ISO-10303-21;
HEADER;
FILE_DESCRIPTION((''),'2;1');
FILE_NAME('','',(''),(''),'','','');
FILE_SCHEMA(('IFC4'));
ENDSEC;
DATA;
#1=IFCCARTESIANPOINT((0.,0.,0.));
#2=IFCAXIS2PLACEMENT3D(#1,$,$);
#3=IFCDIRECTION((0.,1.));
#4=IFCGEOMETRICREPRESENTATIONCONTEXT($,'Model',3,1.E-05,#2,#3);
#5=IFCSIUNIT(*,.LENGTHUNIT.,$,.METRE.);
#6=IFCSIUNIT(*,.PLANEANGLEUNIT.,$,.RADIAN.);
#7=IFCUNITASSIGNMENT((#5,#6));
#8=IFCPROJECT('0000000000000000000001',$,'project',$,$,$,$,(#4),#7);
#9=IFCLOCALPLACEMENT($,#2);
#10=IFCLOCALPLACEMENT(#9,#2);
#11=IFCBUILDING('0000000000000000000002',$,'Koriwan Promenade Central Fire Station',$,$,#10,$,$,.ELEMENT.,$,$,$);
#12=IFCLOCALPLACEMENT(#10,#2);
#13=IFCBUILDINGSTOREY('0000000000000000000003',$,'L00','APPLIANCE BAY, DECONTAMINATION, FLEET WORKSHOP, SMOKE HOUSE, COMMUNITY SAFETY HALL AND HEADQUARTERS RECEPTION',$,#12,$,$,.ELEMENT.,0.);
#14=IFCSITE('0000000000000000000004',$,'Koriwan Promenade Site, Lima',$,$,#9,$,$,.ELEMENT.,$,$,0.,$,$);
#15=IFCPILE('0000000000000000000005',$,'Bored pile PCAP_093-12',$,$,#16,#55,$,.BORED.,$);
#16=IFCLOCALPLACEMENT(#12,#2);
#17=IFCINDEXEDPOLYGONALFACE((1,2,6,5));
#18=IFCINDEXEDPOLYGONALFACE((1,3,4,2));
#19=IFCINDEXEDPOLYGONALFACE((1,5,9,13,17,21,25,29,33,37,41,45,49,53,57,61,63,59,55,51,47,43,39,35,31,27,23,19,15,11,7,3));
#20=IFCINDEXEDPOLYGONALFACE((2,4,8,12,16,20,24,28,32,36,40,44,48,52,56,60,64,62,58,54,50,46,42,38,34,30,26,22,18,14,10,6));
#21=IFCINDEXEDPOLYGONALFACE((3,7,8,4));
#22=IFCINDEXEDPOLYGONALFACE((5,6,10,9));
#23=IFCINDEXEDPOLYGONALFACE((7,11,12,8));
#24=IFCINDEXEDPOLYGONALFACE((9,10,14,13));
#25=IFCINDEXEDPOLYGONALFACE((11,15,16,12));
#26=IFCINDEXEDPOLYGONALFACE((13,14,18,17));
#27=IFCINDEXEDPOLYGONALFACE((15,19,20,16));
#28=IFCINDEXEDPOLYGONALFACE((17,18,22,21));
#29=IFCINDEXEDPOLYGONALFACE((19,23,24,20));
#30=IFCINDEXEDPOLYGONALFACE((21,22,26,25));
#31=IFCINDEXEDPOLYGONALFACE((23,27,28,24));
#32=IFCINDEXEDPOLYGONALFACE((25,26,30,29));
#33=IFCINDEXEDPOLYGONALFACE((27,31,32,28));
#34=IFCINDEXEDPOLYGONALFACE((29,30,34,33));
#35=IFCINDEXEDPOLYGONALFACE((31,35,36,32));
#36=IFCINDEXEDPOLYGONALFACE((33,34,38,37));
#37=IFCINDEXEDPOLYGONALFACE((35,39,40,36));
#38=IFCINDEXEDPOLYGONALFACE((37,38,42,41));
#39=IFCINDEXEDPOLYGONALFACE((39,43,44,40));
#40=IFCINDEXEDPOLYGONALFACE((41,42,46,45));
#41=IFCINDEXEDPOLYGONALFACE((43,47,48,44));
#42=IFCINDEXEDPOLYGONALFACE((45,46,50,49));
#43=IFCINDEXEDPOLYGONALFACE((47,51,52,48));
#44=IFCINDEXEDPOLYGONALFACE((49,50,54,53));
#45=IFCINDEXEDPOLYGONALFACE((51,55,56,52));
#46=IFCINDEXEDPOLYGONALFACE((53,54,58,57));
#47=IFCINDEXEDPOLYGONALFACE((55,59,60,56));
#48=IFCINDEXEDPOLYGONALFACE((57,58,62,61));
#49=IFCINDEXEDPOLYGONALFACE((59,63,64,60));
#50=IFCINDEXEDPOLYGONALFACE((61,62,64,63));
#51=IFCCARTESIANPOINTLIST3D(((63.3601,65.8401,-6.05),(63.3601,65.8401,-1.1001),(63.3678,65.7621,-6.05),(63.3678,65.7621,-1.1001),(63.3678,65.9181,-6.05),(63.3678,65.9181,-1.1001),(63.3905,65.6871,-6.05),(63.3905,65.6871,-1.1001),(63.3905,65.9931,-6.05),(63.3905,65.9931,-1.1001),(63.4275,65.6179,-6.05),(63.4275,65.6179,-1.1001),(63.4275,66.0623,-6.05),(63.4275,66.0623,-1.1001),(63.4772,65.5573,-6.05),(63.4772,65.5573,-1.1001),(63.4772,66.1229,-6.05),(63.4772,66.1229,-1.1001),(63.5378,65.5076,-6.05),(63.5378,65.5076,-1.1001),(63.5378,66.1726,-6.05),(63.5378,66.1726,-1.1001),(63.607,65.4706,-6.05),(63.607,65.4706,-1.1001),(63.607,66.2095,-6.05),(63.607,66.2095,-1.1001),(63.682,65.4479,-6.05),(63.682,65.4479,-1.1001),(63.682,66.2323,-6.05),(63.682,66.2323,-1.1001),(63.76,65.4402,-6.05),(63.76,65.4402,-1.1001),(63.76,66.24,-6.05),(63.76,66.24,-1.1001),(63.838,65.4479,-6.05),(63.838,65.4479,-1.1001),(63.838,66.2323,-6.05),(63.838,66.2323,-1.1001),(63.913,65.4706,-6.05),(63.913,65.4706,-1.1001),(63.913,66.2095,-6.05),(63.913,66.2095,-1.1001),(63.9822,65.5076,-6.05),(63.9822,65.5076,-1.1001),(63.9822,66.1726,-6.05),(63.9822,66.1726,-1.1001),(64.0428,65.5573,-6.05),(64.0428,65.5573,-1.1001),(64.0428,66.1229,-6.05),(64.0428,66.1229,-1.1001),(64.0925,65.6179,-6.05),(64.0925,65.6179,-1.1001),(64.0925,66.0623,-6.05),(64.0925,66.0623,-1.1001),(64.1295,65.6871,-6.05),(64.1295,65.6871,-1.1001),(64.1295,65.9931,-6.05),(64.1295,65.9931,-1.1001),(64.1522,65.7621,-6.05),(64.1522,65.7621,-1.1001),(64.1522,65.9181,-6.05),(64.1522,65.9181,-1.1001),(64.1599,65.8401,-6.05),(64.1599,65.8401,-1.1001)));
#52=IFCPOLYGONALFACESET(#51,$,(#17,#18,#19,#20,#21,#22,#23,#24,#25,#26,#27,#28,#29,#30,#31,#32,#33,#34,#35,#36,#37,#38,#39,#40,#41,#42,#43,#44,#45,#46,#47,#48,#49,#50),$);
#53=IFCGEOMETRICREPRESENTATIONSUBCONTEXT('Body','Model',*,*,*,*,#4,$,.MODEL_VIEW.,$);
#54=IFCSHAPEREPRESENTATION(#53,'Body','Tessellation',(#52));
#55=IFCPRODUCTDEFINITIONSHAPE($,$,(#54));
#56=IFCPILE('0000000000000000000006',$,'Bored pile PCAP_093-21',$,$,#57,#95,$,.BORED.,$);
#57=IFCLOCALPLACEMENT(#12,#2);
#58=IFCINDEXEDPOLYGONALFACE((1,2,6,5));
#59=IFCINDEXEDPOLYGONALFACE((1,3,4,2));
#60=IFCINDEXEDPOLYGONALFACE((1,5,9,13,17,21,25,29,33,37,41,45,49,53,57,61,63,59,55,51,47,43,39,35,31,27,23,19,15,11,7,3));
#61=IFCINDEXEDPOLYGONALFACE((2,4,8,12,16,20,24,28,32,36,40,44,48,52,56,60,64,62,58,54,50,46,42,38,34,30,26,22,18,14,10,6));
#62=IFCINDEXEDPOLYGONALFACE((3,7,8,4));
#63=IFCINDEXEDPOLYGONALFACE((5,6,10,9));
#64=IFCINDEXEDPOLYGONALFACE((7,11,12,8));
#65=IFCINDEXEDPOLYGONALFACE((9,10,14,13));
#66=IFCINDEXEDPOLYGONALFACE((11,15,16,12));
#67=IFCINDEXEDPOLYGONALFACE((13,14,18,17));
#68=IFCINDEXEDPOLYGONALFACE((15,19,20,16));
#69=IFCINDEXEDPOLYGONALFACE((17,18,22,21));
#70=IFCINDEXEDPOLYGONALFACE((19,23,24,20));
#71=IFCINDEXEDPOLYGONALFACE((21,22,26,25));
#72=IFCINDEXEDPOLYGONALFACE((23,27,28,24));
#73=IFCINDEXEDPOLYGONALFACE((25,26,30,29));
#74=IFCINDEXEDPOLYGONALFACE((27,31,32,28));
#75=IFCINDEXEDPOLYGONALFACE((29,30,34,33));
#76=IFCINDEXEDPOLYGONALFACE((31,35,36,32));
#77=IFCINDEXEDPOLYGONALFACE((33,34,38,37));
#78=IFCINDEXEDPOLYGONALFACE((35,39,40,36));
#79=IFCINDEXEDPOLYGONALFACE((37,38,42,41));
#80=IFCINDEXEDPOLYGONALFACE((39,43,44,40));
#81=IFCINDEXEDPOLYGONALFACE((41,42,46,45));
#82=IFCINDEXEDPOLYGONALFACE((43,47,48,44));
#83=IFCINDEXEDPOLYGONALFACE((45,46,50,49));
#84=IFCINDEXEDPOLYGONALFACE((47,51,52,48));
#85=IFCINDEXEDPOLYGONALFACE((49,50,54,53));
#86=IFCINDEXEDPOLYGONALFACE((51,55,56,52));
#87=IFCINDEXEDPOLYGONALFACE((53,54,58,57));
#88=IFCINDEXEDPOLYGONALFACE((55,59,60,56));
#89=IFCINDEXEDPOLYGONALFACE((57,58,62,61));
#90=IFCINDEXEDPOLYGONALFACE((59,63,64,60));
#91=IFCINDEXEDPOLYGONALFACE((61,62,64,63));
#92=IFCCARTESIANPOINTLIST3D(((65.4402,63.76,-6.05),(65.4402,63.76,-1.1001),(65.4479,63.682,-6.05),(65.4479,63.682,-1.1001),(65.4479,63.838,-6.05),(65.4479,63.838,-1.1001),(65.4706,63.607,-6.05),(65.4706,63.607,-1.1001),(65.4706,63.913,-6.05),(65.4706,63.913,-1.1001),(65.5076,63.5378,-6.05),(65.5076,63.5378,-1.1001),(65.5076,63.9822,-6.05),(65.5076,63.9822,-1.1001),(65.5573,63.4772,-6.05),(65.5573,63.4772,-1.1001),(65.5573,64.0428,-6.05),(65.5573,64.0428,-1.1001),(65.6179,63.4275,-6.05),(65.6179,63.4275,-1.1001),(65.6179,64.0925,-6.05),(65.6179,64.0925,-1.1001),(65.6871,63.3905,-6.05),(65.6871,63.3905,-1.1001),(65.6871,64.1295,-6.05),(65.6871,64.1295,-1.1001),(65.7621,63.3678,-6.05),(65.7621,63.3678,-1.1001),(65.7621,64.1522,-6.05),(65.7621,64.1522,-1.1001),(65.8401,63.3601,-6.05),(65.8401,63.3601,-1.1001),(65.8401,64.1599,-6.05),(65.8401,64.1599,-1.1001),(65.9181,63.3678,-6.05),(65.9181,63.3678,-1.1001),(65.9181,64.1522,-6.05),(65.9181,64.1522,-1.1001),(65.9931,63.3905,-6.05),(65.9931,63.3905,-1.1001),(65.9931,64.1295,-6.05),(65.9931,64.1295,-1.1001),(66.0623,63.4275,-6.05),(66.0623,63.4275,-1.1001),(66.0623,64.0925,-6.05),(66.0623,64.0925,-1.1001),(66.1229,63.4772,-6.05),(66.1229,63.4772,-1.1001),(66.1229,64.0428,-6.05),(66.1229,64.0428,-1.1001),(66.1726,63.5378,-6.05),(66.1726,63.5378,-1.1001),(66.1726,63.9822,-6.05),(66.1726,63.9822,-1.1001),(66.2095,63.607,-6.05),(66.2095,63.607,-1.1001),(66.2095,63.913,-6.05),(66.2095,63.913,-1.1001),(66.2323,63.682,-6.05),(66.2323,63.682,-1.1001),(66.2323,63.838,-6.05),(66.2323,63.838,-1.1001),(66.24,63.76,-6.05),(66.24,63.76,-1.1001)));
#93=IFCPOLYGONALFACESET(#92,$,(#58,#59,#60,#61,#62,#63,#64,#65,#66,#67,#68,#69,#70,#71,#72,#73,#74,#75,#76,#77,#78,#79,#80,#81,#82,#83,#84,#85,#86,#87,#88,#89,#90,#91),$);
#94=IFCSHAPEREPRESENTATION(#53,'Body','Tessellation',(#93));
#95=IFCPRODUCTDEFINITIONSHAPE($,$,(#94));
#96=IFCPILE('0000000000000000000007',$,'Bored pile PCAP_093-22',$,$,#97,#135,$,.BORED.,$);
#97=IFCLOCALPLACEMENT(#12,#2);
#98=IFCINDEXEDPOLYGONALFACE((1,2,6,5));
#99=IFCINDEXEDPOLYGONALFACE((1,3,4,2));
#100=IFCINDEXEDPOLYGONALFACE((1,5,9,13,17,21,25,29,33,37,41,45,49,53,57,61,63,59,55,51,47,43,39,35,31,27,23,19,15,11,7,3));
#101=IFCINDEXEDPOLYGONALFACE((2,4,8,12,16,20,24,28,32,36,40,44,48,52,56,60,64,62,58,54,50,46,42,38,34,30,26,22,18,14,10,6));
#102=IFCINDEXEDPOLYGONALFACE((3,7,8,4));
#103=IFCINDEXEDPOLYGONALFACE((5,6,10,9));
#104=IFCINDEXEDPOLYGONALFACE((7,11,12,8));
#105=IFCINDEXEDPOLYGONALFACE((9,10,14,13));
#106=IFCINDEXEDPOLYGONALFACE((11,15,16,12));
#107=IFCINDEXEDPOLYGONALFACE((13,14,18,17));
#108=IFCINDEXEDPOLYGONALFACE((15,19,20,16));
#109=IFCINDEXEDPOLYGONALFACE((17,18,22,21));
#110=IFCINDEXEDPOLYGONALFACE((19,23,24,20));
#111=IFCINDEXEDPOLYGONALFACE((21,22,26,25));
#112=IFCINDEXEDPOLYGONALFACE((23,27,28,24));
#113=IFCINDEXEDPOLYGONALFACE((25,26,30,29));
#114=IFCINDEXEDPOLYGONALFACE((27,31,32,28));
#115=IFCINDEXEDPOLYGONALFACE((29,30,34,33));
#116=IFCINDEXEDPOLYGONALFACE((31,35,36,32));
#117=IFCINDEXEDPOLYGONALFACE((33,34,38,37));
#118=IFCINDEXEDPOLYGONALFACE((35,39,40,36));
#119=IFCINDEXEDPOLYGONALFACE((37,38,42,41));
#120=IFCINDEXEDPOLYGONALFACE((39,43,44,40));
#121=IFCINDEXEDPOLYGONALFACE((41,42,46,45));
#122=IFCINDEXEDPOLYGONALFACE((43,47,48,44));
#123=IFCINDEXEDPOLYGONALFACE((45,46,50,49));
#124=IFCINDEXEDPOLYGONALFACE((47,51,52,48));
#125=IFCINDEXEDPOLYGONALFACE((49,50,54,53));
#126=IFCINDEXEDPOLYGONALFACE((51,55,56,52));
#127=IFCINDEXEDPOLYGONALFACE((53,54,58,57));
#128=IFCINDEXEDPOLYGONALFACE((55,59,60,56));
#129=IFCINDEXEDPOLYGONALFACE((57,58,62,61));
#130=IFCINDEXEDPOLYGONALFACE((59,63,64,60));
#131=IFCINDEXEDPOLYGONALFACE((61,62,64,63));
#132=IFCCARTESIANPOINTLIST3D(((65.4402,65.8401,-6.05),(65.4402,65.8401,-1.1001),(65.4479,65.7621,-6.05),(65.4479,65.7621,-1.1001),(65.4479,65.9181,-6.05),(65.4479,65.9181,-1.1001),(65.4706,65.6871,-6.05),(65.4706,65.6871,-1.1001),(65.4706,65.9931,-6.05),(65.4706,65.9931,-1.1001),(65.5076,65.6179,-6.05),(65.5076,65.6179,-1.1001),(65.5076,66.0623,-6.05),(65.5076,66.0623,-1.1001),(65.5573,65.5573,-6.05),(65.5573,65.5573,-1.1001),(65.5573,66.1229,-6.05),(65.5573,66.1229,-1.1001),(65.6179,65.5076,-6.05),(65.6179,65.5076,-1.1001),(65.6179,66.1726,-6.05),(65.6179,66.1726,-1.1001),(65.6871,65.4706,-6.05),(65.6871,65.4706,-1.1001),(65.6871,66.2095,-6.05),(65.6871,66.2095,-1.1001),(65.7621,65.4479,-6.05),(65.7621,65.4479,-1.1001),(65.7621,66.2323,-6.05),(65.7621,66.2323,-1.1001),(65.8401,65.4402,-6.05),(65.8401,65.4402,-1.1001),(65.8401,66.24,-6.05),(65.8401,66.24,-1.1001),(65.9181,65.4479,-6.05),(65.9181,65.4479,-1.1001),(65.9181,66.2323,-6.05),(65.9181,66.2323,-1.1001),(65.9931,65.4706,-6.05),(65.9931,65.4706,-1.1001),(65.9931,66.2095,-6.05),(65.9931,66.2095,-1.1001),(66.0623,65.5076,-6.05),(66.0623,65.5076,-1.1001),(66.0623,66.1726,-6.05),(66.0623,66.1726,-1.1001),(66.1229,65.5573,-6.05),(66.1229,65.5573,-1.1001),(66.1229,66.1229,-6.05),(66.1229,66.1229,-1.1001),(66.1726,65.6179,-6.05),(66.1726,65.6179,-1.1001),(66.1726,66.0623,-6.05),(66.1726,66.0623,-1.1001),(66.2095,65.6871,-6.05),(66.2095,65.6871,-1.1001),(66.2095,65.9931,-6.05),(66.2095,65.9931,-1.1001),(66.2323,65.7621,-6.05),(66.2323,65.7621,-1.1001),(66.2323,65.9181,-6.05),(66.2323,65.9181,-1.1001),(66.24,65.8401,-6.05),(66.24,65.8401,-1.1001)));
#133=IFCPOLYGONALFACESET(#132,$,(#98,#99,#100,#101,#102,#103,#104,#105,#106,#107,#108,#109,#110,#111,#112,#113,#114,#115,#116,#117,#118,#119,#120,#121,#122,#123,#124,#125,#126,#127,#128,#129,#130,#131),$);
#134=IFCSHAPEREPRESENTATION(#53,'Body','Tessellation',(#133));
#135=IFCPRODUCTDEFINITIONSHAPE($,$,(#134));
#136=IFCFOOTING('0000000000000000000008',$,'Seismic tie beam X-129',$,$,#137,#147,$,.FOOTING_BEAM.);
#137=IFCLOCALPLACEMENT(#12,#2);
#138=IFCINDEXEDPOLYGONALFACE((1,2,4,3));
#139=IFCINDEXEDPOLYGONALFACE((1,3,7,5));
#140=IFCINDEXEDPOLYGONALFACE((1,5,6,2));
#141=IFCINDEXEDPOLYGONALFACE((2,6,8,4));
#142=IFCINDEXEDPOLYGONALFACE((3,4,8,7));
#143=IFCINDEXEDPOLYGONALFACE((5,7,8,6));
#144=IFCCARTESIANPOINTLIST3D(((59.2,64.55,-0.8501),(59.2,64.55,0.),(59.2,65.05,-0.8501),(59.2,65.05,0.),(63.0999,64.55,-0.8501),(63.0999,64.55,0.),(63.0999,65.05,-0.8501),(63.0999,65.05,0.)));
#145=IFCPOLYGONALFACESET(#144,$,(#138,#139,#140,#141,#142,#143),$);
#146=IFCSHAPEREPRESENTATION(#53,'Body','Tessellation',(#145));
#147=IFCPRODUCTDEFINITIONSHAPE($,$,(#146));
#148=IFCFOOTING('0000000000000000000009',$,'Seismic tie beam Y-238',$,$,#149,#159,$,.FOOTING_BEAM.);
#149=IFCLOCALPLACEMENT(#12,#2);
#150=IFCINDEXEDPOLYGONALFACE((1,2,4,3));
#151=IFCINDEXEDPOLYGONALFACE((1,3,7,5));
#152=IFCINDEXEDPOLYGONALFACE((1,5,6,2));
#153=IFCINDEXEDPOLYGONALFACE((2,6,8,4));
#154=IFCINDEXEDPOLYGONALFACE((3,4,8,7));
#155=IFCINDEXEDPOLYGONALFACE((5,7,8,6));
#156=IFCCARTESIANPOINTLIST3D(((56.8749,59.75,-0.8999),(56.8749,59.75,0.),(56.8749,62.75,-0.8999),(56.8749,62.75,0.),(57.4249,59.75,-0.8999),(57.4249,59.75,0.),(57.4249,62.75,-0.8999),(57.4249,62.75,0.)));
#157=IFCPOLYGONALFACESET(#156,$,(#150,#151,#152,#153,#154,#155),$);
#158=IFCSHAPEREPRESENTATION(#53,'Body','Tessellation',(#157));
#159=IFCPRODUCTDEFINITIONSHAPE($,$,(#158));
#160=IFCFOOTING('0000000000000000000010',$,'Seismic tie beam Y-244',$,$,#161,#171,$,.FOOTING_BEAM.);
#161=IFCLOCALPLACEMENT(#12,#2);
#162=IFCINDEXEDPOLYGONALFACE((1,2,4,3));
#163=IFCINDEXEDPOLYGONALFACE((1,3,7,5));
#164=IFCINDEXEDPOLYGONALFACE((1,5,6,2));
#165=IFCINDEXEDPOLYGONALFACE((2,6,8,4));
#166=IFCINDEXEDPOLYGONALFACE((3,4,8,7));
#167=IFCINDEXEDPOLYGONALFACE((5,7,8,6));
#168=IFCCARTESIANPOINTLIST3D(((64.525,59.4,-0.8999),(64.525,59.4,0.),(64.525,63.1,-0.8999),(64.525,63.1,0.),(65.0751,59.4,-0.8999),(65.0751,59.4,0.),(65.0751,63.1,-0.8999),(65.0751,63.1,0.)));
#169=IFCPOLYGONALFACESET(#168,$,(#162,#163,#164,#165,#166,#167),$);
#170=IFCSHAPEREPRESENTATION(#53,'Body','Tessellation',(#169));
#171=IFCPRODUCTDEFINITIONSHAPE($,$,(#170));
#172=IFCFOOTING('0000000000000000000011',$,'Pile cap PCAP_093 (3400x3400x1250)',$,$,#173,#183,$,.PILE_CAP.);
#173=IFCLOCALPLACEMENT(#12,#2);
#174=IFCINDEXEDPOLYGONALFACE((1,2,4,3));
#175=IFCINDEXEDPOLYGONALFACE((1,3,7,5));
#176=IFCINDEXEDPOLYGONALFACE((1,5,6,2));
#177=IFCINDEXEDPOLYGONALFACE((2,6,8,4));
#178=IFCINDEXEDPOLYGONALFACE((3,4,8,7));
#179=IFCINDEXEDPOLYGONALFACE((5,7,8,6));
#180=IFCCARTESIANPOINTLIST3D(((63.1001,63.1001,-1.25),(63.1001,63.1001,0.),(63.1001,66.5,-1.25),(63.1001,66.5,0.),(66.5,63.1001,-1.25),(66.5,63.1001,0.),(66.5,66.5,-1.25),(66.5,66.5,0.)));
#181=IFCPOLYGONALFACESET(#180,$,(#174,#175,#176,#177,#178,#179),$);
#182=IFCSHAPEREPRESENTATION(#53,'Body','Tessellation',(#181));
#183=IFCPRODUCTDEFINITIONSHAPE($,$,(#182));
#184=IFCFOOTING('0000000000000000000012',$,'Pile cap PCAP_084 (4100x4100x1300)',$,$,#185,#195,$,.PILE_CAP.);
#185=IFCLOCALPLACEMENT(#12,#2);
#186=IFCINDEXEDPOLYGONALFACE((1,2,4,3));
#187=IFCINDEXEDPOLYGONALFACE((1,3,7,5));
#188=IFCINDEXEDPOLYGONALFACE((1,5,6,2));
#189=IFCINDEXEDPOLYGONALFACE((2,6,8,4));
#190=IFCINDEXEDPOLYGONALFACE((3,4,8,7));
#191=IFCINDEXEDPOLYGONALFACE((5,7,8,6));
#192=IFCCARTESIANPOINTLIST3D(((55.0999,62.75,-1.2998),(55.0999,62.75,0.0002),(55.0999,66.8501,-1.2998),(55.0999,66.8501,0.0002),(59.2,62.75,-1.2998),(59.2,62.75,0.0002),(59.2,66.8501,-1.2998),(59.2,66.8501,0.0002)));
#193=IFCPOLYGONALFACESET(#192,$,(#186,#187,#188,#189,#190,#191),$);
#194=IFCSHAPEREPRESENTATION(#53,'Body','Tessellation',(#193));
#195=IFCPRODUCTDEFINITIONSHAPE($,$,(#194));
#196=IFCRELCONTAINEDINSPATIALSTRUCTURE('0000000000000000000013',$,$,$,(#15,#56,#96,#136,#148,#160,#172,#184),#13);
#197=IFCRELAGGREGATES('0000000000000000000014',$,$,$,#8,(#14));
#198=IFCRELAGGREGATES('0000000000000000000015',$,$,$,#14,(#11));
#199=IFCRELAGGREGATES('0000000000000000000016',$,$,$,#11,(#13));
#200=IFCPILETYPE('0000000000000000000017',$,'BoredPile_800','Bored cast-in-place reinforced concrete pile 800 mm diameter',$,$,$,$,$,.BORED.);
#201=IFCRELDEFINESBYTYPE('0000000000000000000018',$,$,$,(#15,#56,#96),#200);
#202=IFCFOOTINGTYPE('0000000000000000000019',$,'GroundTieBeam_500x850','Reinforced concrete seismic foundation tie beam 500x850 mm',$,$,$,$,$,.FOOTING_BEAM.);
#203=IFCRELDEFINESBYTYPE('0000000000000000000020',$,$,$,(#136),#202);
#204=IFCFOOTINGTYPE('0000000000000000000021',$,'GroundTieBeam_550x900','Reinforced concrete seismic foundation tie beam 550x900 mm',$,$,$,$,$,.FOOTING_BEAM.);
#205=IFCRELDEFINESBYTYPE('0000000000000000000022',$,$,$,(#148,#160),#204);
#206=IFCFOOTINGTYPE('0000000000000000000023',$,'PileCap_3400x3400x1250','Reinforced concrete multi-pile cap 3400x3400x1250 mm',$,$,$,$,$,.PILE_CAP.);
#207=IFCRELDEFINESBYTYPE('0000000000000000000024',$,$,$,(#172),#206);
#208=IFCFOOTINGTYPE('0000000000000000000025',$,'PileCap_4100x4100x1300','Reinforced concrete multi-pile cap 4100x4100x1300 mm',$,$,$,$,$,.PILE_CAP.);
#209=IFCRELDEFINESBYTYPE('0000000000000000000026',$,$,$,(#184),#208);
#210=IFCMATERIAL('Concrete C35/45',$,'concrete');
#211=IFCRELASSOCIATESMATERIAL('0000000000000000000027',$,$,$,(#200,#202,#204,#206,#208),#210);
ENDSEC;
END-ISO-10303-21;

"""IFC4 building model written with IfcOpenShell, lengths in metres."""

from ifc_helpers import new_model, si_unit, direction, frame, origin, origin_2d, place, context, subcontext, project, spatial, rectangle, circle, extrude, material, material_profile, profile_set, type_object, element, save


model = new_model("IFC4")

# Units and contexts
model_context = context("Model", 3, precision=1e-05, world=origin(), true_north=direction((0.0, 1.0)))
body_context = subcontext(model_context, "Body", "Model", "MODEL_VIEW")
ifc_project = project(units=[si_unit("LENGTHUNIT", "METRE"), si_unit("PLANEANGLEUNIT", "RADIAN")], contexts=[model_context])

# Site, building, storey
site_placement = place(None, origin())
site = spatial("IfcSite", under=ifc_project, at=site_placement, Name="Koriwan Promenade Site, Lima", CompositionType="ELEMENT", RefElevation=0.0)
building_placement = place(site_placement, origin())
building = spatial("IfcBuilding", under=site, at=building_placement, Name="Koriwan Promenade Central Fire Station", CompositionType="ELEMENT")
storey_placement = place(building_placement, origin())
storey = spatial("IfcBuildingStorey", under=building, at=storey_placement, Name="L00", Description="APPLIANCE BAY, DECONTAMINATION, FLEET WORKSHOP, SMOKE HOUSE, COMMUNITY SAFETY HALL AND HEADQUARTERS RECEPTION", CompositionType="ELEMENT", Elevation=0.0)

# Piles
ifc_material_1 = material(Name="Concrete C35/45", Category="concrete")
ifc_material_profile_1 = material_profile(ifc_material_1, circle(Radius=0.3999, at=origin_2d()), Name="PILE-D800")
ifc_profile_set_1 = profile_set([ifc_material_profile_1], Name="Concrete C35/45")
pile_type_1 = type_object("IfcPileType", Name="BoredPile_800", Description="Bored cast-in-place reinforced concrete pile 800 mm diameter", PredefinedType="BORED", material=ifc_profile_set_1)
for number, where, z_axis, x_axis, name in (
    (1, (63.76, 65.8401, -1.1001), (0.0, 0.0, -1.0), (1.0, 0.0, 0.0), "Bored pile PCAP_093-12"),
    (2, (65.8401, 63.76, -1.1001), (0.0, 0.0, -1.0), (1.0, 0.0, 0.0), "Bored pile PCAP_093-21"),
    (3, (65.8401, 65.8401, -1.1001), (0.0, 0.0, -1.0), (1.0, 0.0, 0.0), "Bored pile PCAP_093-22"),
):
    element("IfcPile", number, at=place(storey_placement, frame(where, z_axis=z_axis, x_axis=x_axis)), inside=storey, type_object=pile_type_1, Name=name, PredefinedType="BORED", context=body_context, shape_type="SweptSolid", body=[
        extrude(circle(Radius=0.3999, at=origin_2d()), origin(), (0.0, 0.0, 1.0), 4.95),
    ])

# Footings
footing_type_1 = type_object("IfcFootingType", Name="GroundTieBeam_500x850", Description="Reinforced concrete seismic foundation tie beam 500x850 mm", PredefinedType="FOOTING_BEAM", material=ifc_material_1)
footing_1_placement = place(storey_placement, frame((61.1499, 64.8, -0.8501), z_axis=(0.0, 0.0, 1.0), x_axis=(1.0, 0.0, 0.0)))
element("IfcFooting", 4, at=footing_1_placement, inside=storey, type_object=footing_type_1, Name="Seismic tie beam X-129", PredefinedType="FOOTING_BEAM", context=body_context, shape_type="SweptSolid", body=[
    extrude(rectangle(XDim=3.8999, YDim=0.5, at=origin_2d()), origin(), (0.0, 0.0, 1.0), 0.8501),
])
footing_type_2 = type_object("IfcFootingType", Name="GroundTieBeam_550x900", Description="Reinforced concrete seismic foundation tie beam 550x900 mm", PredefinedType="FOOTING_BEAM", material=ifc_material_1)
footing_2_placement = place(storey_placement, frame((57.1499, 61.25, -0.8999), z_axis=(0.0, 0.0, 1.0), x_axis=(0.0, 1.0, 0.0)))
element("IfcFooting", 5, at=footing_2_placement, inside=storey, type_object=footing_type_2, Name="Seismic tie beam Y-238", PredefinedType="FOOTING_BEAM", context=body_context, shape_type="SweptSolid", body=[
    extrude(rectangle(XDim=3.0, YDim=0.55, at=origin_2d()), origin(), (0.0, 0.0, 1.0), 0.8999),
])
footing_3_placement = place(storey_placement, frame((64.8, 61.25, -0.8999), z_axis=(0.0, 0.0, 1.0), x_axis=(0.0, 1.0, 0.0)))
element("IfcFooting", 6, at=footing_3_placement, inside=storey, type_object=footing_type_2, Name="Seismic tie beam Y-244", PredefinedType="FOOTING_BEAM", context=body_context, shape_type="SweptSolid", body=[
    extrude(rectangle(XDim=3.7, YDim=0.55, at=origin_2d()), origin(), (0.0, 0.0, 1.0), 0.8999),
])
footing_type_3 = type_object("IfcFootingType", Name="PileCap_3400x3400x1250", Description="Reinforced concrete multi-pile cap 3400x3400x1250 mm", PredefinedType="PILE_CAP", material=ifc_material_1)
footing_4_placement = place(storey_placement, frame((64.8, 64.8, -1.25), z_axis=(0.0, 0.0, 1.0), x_axis=(1.0, 0.0, 0.0)))
element("IfcFooting", 7, at=footing_4_placement, inside=storey, type_object=footing_type_3, Name="Pile cap PCAP_093 (3400x3400x1250)", PredefinedType="PILE_CAP", context=body_context, shape_type="SweptSolid", body=[
    extrude(rectangle(XDim=3.3999, YDim=3.3999, at=origin_2d()), origin(), (0.0, 0.0, 1.0), 1.25),
])
footing_type_4 = type_object("IfcFootingType", Name="PileCap_4100x4100x1300", Description="Reinforced concrete multi-pile cap 4100x4100x1300 mm", PredefinedType="PILE_CAP", material=ifc_material_1)
footing_5_placement = place(storey_placement, frame((57.1499, 64.8, -1.2998), z_axis=(0.0, 0.0, 1.0), x_axis=(1.0, 0.0, 0.0)))
element("IfcFooting", 8, at=footing_5_placement, inside=storey, type_object=footing_type_4, Name="Pile cap PCAP_084 (4100x4100x1300)", PredefinedType="PILE_CAP", context=body_context, shape_type="SweptSolid", body=[
    extrude(rectangle(XDim=4.1001, YDim=4.1001, at=origin_2d()), origin(), (0.0, 0.0, 1.0), 1.3),
])

save(model, "model.ifc")
